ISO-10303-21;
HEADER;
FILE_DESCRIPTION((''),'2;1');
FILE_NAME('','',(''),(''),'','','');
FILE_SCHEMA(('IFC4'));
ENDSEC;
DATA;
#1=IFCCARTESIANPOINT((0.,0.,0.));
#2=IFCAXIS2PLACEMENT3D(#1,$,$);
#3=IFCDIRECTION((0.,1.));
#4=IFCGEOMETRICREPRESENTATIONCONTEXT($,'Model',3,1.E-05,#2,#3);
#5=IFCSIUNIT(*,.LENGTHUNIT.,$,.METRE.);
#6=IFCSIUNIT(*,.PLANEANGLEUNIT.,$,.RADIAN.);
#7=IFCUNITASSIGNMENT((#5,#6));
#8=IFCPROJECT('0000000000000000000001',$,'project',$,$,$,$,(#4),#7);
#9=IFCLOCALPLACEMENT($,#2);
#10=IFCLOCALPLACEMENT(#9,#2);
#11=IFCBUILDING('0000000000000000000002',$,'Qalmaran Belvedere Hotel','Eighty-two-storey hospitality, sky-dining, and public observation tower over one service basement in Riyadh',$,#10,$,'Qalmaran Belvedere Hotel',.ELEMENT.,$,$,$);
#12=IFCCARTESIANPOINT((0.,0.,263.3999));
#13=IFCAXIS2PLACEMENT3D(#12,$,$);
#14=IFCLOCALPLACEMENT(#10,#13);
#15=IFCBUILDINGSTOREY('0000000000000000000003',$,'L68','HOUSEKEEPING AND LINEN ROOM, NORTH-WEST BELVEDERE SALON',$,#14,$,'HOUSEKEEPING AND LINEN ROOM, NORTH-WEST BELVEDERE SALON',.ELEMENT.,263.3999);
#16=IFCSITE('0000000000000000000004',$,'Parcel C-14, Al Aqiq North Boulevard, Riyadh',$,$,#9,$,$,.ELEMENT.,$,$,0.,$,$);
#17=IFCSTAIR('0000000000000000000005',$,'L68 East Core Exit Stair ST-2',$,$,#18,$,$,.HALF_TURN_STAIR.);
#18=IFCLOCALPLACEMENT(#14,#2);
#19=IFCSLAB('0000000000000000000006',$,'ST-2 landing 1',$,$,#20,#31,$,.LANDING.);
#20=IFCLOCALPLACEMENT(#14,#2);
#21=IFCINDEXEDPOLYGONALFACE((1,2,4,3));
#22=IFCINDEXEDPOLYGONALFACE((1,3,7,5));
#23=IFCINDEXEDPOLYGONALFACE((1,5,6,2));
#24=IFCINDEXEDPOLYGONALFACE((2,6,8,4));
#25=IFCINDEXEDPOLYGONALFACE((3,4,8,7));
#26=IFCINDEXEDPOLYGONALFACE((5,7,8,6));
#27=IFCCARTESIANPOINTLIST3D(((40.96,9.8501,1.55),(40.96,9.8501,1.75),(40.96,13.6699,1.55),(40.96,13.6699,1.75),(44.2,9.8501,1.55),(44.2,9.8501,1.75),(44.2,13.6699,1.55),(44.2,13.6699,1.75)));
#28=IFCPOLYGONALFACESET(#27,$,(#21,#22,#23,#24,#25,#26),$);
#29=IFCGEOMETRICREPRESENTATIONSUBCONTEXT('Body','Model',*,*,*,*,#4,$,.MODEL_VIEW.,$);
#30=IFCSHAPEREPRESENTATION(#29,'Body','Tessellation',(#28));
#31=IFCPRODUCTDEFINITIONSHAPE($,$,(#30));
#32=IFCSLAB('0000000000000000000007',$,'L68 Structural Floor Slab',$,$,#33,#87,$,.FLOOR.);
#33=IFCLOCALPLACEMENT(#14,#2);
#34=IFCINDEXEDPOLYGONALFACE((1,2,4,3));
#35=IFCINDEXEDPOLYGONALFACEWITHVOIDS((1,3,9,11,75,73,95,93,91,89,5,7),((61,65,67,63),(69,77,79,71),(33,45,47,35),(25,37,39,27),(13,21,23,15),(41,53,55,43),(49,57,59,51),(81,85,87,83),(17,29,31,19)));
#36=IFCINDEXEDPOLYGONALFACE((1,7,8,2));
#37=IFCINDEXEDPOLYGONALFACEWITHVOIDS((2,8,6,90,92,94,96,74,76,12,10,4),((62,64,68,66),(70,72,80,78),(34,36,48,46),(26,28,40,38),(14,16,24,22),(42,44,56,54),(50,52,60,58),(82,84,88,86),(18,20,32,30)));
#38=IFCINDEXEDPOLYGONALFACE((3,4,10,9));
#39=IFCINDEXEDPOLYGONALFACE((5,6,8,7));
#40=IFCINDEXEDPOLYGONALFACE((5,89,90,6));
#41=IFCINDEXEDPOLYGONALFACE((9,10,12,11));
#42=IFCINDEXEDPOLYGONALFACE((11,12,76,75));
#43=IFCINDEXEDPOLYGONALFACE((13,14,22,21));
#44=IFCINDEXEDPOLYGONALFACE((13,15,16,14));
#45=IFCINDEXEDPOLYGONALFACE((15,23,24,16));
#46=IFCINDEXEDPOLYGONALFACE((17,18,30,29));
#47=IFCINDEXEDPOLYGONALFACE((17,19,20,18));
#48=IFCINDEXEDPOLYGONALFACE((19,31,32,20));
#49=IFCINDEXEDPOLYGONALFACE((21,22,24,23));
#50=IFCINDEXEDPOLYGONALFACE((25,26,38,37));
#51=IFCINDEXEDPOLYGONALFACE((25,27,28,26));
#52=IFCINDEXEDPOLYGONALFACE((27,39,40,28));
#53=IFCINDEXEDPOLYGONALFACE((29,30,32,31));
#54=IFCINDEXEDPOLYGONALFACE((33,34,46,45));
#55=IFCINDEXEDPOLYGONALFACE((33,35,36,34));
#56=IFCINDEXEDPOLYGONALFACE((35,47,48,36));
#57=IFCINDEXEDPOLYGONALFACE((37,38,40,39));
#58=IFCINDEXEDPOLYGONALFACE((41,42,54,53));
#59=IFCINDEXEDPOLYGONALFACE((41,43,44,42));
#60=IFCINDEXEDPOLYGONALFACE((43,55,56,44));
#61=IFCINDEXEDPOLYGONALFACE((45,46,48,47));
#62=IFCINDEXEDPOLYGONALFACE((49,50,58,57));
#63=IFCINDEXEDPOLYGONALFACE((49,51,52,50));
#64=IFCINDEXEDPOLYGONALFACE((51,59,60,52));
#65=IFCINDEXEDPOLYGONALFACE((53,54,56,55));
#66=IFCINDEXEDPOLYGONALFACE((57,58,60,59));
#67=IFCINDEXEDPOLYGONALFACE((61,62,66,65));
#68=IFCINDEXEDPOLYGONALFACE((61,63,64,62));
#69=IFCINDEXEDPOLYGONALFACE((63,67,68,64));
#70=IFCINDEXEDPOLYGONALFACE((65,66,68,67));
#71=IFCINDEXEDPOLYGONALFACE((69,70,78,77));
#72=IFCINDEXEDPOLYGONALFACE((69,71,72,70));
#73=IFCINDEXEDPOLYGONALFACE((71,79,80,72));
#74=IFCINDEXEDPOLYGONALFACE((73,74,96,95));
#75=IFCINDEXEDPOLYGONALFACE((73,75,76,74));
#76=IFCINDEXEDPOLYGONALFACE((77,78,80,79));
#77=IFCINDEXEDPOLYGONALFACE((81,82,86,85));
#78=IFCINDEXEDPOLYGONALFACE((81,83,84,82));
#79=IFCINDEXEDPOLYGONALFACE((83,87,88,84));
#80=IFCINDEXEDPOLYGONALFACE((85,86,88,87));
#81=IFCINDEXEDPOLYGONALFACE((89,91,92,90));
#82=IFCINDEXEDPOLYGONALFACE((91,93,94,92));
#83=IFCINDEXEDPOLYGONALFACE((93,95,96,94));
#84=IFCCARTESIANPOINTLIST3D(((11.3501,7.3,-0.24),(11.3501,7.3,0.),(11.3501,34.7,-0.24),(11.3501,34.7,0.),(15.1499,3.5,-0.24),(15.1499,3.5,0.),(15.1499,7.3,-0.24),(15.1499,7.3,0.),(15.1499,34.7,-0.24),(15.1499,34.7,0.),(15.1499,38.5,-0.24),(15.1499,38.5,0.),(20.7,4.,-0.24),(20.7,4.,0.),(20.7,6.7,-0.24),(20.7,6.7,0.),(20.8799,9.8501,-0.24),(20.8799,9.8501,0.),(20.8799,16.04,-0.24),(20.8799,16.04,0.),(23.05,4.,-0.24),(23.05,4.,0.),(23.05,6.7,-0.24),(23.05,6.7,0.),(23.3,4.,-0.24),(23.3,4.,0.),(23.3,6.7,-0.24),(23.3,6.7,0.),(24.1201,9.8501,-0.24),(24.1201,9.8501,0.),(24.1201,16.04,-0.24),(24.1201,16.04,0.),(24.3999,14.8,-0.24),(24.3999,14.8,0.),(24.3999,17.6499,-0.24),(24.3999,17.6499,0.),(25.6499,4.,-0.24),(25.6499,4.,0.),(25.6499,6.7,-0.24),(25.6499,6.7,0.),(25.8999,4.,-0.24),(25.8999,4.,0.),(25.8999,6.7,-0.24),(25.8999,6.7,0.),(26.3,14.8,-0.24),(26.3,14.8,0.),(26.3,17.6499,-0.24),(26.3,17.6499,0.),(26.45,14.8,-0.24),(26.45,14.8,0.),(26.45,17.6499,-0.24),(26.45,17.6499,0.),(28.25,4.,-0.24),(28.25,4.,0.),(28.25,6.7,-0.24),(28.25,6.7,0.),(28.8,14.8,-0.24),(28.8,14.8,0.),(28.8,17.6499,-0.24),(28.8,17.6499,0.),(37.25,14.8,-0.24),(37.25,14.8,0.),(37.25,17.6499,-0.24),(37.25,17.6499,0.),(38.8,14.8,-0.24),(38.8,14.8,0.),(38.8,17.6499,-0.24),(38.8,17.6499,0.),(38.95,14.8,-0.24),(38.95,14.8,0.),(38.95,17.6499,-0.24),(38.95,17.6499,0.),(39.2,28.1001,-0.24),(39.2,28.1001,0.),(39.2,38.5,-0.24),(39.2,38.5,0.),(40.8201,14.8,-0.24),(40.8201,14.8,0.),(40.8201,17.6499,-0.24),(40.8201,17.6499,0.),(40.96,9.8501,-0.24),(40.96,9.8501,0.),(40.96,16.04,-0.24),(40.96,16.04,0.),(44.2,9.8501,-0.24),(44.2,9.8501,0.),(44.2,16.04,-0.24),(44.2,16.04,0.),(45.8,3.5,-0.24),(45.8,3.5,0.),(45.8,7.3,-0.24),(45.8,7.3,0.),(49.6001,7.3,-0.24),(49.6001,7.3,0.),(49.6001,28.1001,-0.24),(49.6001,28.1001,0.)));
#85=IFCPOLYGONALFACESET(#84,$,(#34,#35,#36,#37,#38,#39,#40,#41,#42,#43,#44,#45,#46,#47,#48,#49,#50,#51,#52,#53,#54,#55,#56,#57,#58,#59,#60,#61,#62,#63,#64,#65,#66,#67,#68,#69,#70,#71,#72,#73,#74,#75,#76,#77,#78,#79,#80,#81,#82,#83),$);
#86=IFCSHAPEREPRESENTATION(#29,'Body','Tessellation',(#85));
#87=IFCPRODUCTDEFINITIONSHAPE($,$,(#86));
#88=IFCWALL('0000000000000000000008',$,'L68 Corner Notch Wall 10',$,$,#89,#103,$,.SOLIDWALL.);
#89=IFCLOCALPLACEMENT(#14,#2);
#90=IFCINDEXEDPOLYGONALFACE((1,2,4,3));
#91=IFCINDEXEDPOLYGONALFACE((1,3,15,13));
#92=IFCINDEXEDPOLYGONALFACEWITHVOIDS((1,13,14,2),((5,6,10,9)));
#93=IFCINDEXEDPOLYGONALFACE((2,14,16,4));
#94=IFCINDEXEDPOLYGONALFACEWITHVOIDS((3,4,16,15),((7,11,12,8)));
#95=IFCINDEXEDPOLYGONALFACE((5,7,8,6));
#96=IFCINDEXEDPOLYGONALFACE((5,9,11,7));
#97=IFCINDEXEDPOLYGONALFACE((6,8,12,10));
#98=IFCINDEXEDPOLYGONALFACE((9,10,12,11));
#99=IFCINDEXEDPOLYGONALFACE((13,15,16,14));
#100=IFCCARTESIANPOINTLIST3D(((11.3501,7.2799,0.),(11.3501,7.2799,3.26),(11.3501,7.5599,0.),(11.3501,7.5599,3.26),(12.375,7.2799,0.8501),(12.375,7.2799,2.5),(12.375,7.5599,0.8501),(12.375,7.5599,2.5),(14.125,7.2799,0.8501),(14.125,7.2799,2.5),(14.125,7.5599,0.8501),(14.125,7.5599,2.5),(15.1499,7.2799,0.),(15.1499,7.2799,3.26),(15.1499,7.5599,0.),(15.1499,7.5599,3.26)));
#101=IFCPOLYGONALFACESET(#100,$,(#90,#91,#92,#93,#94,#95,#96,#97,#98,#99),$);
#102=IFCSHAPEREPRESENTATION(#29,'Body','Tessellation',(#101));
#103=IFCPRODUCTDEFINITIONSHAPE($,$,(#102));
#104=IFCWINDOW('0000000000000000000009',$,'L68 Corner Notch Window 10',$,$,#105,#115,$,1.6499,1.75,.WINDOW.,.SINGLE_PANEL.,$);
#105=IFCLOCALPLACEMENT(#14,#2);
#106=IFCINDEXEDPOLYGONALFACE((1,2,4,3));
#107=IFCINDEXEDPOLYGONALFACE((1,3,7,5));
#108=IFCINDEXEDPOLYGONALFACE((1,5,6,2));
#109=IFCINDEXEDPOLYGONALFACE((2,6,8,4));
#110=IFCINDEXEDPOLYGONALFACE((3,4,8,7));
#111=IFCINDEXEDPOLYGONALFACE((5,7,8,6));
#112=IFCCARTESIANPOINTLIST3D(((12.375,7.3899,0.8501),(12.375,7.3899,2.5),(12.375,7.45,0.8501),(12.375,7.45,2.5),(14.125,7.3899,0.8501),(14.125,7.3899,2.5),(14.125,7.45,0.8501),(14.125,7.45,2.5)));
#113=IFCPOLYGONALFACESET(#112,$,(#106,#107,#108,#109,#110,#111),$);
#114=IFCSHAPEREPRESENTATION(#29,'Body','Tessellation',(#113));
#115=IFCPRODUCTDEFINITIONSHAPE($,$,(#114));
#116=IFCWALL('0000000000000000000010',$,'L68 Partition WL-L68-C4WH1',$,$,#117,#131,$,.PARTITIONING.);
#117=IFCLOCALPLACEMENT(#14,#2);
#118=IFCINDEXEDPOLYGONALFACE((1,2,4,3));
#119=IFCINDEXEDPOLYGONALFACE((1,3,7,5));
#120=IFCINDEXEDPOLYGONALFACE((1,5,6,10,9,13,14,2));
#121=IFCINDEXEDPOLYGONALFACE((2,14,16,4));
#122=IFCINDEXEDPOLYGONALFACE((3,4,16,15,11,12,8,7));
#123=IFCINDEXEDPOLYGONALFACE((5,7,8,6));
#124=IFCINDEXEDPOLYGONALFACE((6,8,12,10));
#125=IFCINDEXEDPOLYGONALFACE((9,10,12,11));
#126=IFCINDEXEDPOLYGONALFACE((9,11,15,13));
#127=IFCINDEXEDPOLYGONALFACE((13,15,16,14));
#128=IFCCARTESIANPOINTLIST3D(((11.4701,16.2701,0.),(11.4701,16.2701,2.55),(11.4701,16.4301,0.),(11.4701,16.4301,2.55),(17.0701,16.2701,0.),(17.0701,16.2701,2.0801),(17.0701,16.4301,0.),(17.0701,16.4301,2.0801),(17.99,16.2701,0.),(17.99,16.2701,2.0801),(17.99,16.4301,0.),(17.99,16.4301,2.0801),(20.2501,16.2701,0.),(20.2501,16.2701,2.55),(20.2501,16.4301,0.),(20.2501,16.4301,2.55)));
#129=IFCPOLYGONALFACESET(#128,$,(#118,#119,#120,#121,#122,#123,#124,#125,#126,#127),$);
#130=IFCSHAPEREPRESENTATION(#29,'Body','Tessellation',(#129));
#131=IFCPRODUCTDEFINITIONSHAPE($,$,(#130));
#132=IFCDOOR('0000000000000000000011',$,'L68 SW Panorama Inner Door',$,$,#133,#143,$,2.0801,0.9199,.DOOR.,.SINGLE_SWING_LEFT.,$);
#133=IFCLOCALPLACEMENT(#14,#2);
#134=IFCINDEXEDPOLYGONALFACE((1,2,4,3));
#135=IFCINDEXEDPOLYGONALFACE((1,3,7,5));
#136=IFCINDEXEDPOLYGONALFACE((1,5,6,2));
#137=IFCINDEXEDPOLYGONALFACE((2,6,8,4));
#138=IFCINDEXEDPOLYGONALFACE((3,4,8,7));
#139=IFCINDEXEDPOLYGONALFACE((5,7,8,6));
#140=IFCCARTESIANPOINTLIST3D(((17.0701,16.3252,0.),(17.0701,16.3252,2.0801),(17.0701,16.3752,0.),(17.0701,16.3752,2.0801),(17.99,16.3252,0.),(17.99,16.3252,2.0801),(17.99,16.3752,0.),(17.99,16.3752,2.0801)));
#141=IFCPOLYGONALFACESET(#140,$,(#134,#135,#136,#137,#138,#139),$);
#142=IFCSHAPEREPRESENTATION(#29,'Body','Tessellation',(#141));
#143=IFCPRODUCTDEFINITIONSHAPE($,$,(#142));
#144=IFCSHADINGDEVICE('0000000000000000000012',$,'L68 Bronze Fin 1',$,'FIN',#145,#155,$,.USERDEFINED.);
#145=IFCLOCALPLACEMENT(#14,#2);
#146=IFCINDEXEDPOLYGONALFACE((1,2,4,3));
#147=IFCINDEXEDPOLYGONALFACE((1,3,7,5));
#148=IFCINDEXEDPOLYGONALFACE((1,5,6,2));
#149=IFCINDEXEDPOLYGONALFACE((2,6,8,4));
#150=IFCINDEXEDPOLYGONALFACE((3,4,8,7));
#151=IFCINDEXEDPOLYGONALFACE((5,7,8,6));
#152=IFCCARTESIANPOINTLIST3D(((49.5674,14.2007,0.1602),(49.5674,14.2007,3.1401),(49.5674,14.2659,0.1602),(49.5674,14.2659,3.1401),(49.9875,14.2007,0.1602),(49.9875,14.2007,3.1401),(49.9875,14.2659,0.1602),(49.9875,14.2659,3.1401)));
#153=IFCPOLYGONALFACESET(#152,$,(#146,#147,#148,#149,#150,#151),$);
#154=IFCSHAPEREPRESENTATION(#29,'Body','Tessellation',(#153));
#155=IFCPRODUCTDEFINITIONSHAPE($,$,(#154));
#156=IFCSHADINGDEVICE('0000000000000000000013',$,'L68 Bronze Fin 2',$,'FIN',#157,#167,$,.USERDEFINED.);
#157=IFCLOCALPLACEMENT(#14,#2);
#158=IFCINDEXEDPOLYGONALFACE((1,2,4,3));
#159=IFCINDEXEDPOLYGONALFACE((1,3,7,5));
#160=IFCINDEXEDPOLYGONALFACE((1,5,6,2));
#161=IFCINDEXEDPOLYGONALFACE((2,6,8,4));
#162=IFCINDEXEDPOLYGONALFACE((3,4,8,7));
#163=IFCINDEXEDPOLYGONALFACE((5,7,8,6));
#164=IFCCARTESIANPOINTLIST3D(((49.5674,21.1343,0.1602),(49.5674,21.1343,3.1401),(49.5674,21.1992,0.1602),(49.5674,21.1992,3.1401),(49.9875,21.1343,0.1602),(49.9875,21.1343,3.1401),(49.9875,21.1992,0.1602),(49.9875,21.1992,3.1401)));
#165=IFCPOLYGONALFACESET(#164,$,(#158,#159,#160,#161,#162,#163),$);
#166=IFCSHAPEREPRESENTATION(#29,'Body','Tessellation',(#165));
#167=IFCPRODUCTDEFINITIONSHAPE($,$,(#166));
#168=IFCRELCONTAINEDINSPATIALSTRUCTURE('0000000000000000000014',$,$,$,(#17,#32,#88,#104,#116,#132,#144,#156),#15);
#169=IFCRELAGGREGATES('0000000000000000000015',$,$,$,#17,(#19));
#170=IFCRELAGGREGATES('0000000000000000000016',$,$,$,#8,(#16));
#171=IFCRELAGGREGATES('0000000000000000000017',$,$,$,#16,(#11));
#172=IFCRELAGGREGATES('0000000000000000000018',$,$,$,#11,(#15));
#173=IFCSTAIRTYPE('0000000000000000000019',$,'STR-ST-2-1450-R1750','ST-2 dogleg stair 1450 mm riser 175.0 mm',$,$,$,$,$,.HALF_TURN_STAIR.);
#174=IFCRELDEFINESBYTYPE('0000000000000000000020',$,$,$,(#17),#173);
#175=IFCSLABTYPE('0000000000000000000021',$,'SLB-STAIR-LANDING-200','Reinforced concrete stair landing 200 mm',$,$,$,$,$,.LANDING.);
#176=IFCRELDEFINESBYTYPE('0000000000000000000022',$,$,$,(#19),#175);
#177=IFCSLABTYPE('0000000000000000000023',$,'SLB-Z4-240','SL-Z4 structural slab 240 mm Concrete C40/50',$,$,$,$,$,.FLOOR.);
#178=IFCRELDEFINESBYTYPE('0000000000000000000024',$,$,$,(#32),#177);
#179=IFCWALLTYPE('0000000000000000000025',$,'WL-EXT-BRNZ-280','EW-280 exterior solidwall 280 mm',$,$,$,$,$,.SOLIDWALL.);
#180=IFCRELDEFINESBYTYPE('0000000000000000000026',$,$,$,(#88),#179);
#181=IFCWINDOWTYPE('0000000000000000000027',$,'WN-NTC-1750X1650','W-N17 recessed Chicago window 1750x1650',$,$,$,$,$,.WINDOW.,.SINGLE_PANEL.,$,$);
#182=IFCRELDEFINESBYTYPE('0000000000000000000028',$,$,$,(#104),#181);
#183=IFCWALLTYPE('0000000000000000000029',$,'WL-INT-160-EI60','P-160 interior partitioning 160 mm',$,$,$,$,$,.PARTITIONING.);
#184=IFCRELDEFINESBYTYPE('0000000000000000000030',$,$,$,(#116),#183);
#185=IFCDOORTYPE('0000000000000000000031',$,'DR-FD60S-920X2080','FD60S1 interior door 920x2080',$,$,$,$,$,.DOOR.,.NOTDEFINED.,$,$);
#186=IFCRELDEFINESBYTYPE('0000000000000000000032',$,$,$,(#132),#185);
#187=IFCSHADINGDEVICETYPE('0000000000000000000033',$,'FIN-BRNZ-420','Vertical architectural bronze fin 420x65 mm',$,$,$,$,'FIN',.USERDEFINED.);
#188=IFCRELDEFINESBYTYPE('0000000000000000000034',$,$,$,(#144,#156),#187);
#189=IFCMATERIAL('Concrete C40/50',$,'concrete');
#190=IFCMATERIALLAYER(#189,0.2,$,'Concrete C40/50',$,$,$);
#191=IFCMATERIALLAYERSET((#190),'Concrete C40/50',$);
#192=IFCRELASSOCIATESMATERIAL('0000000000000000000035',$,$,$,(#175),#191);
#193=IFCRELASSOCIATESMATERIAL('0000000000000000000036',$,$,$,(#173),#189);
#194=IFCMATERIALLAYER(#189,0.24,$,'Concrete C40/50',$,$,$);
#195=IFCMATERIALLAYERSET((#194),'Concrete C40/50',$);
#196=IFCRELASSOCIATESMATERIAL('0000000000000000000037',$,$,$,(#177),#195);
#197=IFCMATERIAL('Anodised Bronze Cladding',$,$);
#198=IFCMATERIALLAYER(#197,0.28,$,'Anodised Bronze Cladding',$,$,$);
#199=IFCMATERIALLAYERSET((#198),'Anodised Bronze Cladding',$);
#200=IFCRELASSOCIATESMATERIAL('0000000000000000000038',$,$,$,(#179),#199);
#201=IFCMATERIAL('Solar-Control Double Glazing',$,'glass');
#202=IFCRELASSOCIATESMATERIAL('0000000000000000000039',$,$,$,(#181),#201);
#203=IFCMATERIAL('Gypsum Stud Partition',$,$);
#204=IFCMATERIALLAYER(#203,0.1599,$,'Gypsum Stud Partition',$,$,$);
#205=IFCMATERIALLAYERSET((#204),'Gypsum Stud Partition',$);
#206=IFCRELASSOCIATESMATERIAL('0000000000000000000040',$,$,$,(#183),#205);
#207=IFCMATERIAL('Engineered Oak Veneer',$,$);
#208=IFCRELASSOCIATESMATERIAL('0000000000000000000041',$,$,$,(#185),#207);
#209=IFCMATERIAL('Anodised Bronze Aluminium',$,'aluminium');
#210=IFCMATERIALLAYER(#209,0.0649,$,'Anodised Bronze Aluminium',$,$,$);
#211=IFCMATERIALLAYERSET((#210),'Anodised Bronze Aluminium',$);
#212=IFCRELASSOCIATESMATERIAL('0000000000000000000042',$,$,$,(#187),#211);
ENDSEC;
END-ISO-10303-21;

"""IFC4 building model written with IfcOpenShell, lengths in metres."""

from ifc_helpers import new_model, si_unit, direction, frame, frame_2d, origin, place, context, subcontext, project, spatial, polyline, rectangle, outline, extrude, material, layer, layer_set, type_object, element, fill, aggregate, save


model = new_model("IFC4")

# Units and contexts
model_context = context("Model", 3, precision=1e-05, world=origin(), true_north=direction((0.0, 1.0)))
body_context = subcontext(model_context, "Body", "Model", "MODEL_VIEW")
ifc_project = project(units=[si_unit("LENGTHUNIT", "METRE"), si_unit("PLANEANGLEUNIT", "RADIAN")], contexts=[model_context])

# Site, building, storey
site_placement = place(None, origin())
site = spatial("IfcSite", under=ifc_project, at=site_placement, Name="Parcel C-14, Al Aqiq North Boulevard, Riyadh", CompositionType="ELEMENT", RefElevation=0.0)
building_placement = place(site_placement, origin())
building = spatial("IfcBuilding", under=site, at=building_placement, Name="Qalmaran Belvedere Hotel", Description="Eighty-two-storey hospitality, sky-dining, and public observation tower over one service basement in Riyadh", LongName="Qalmaran Belvedere Hotel", CompositionType="ELEMENT")
storey_placement = place(building_placement, frame((0.0, 0.0, 263.3999)))
storey = spatial("IfcBuildingStorey", under=building, at=storey_placement, Name="L68", Description="HOUSEKEEPING AND LINEN ROOM, NORTH-WEST BELVEDERE SALON", LongName="HOUSEKEEPING AND LINEN ROOM, NORTH-WEST BELVEDERE SALON", CompositionType="ELEMENT", Elevation=263.3999)

# Shared definitions
ifc_material_1 = material(Name="Anodised Bronze Aluminium", Category="aluminium")

# Shared definitions
ifc_material_2 = material(Name="Solar-Control Double Glazing", Category="glass")

# Shared definitions
ifc_material_3 = material(Name="Concrete C40/50", Category="concrete")

# Stair, slab
ifc_layer_1 = layer(ifc_material_3, 0.2, Name="Concrete C40/50")
ifc_layer_set_1 = layer_set([ifc_layer_1], Name="Concrete C40/50")
slab_type_1 = type_object("IfcSlabType", Name="SLB-STAIR-LANDING-200", Description="Reinforced concrete stair landing 200 mm", PredefinedType="LANDING", material=ifc_layer_set_1)
stair_type_1 = type_object("IfcStairType", Name="STR-ST-2-1450-R1750", Description="ST-2 dogleg stair 1450 mm riser 175.0 mm", PredefinedType="HALF_TURN_STAIR", material=ifc_material_3)
stair_1_placement = place(storey_placement, origin())
stair_1 = element("IfcStair", 1, at=stair_1_placement, inside=storey, type_object=stair_type_1, Name="L68 East Core Exit Stair ST-2", PredefinedType="HALF_TURN_STAIR")
slab_1_placement = place(storey_placement, frame((0.0, 0.0, 1.55)))
slab_1 = element("IfcSlab", 2, at=slab_1_placement, type_object=slab_type_1, Name="ST-2 landing 1", PredefinedType="LANDING", context=body_context, shape_type="SweptSolid", body=[
    extrude(outline(polyline([(40.96, 13.6699), (40.96, 9.8501), (44.2, 9.8501), (44.2, 13.6699), (40.96, 13.6699)])), origin(), (0.0, 0.0, 1.0), 0.2),
])
aggregate(stair_1, [slab_1])

# Slab
ifc_layer_2 = layer(ifc_material_3, 0.24, Name="Concrete C40/50")
ifc_layer_set_2 = layer_set([ifc_layer_2], Name="Concrete C40/50")
slab_type_2 = type_object("IfcSlabType", Name="SLB-Z4-240", Description="SL-Z4 structural slab 240 mm Concrete C40/50", PredefinedType="FLOOR", material=ifc_layer_set_2)
slab_2_placement = place(storey_placement, frame((0.0, 0.0, -0.24)))
element("IfcSlab", 3, at=slab_2_placement, inside=storey, type_object=slab_type_2, Name="L68 Structural Floor Slab", PredefinedType="FLOOR", context=body_context, shape_type="SweptSolid", body=[
    extrude(outline(polyline([(15.1499, 3.5), (45.8, 3.5), (45.8, 7.3), (49.6001, 7.3), (49.6001, 28.1001), (39.2, 28.1001), (39.2, 38.5), (15.1499, 38.5), (15.1499, 34.7), (11.3501, 34.7), (11.3501, 7.3), (15.1499, 7.3), (15.1499, 3.5)]), holes=[polyline([(20.8799, 9.8501), (24.1201, 9.8501), (24.1201, 16.04), (20.8799, 16.04), (20.8799, 9.8501)]), polyline([(40.96, 9.8501), (44.2, 9.8501), (44.2, 16.04), (40.96, 16.04), (40.96, 9.8501)]), polyline([(20.7, 4.0), (23.05, 4.0), (23.05, 6.7), (20.7, 6.7), (20.7, 4.0)]), polyline([(23.3, 4.0), (25.6499, 4.0), (25.6499, 6.7), (23.3, 6.7), (23.3, 4.0)]), polyline([(25.8999, 4.0), (28.25, 4.0), (28.25, 6.7), (25.8999, 6.7), (25.8999, 4.0)]), polyline([(24.3999, 14.8), (26.3, 14.8), (26.3, 17.6499), (24.3999, 17.6499), (24.3999, 14.8)]), polyline([(38.95, 14.8), (40.8201, 14.8), (40.8201, 17.6499), (38.95, 17.6499), (38.95, 14.8)]), polyline([(26.45, 14.8), (28.8, 14.8), (28.8, 17.6499), (26.45, 17.6499), (26.45, 14.8)]), polyline([(37.25, 14.8), (38.8, 14.8), (38.8, 17.6499), (37.25, 17.6499), (37.25, 14.8)])]), origin(), (0.0, 0.0, 1.0), 0.24),
])

# Wall, opening, window
ifc_material_4 = material(Name="Anodised Bronze Cladding")
ifc_layer_3 = layer(ifc_material_4, 0.28, Name="Anodised Bronze Cladding")
ifc_layer_set_3 = layer_set([ifc_layer_3], Name="Anodised Bronze Cladding")
wall_type_1 = type_object("IfcWallType", Name="WL-EXT-BRNZ-280", Description="EW-280 exterior solidwall 280 mm", PredefinedType="SOLIDWALL", material=ifc_layer_set_3)
wall_1_placement = place(storey_placement, frame((11.3501, 7.4199, 0.0), z_axis=(0.0, 0.0, 1.0), x_axis=(1.0, 0.0, 0.0)))
wall_1 = element("IfcWall", 4, at=wall_1_placement, inside=storey, type_object=wall_type_1, Name="L68 Corner Notch Wall 10", PredefinedType="SOLIDWALL", context=body_context, shape_type="SweptSolid", body=[
    extrude(rectangle(XDim=3.7998, YDim=0.28, at=frame_2d((1.8999, 0.0))), origin(), (0.0, 0.0, 1.0), 3.26),
])
opening_1_placement = place(wall_1_placement, frame((1.0249, 0.0, 0.8501)))
opening_1 = element("IfcOpeningElement", 5, at=opening_1_placement, cuts=wall_1, PredefinedType="OPENING", context=body_context, shape_type="SweptSolid", body=[
    extrude(rectangle(XDim=1.75, YDim=1.6499, at=frame_2d((0.875, 0.825))), frame((0.0, 0.1499, 0.0), z_axis=(0.0, -1.0, 0.0), x_axis=(1.0, 0.0, 0.0)), (0.0, 0.0, 1.0), 0.3),
])
window_type = type_object("IfcWindowType", Name="WN-NTC-1750X1650", Description="W-N17 recessed Chicago window 1750x1650", PartitioningType="SINGLE_PANEL", PredefinedType="WINDOW", material=ifc_material_2)
window_placement = place(opening_1_placement, origin())
window = element("IfcWindow", 6, at=window_placement, inside=storey, type_object=window_type, Name="L68 Corner Notch Window 10", OverallHeight=1.6499, OverallWidth=1.75, PartitioningType="SINGLE_PANEL", PredefinedType="WINDOW", context=body_context, shape_type="SweptSolid", body=[
    extrude(rectangle(XDim=1.75, YDim=1.6499, at=frame_2d((0.875, 0.825))), frame((0.0, 0.03, 0.0), z_axis=(0.0, -1.0, 0.0), x_axis=(1.0, 0.0, 0.0)), (0.0, 0.0, 1.0), 0.0601),
])
fill(opening_1, window)

# Wall, opening, door
ifc_material_5 = material(Name="Gypsum Stud Partition")
ifc_layer_4 = layer(ifc_material_5, 0.1599, Name="Gypsum Stud Partition")
ifc_layer_set_4 = layer_set([ifc_layer_4], Name="Gypsum Stud Partition")
wall_type_2 = type_object("IfcWallType", Name="WL-INT-160-EI60", Description="P-160 interior partitioning 160 mm", PredefinedType="PARTITIONING", material=ifc_layer_set_4)
wall_2_placement = place(storey_placement, frame((11.47, 16.3501, 0.0), z_axis=(0.0, 0.0, 1.0), x_axis=(1.0, 0.0, 0.0)))
wall_2 = element("IfcWall", 7, at=wall_2_placement, inside=storey, type_object=wall_type_2, Name="L68 Partition WL-L68-C4WH1", PredefinedType="PARTITIONING", context=body_context, shape_type="SweptSolid", body=[
    extrude(rectangle(XDim=8.78, YDim=0.1599, at=frame_2d((4.3901, 0.0))), origin(), (0.0, 0.0, 1.0), 2.55),
])
opening_2_placement = place(wall_2_placement, frame((6.52, 0.0, 0.0), z_axis=(0.0, 0.0, 1.0), x_axis=(-1.0, 0.0, 0.0)))
opening_2 = element("IfcOpeningElement", 8, at=opening_2_placement, cuts=wall_2, PredefinedType="OPENING", context=body_context, shape_type="SweptSolid", body=[
    extrude(rectangle(XDim=0.9199, YDim=2.0801, at=frame_2d((0.46, 1.04))), frame((0.0, 0.0898, 0.0), z_axis=(0.0, -1.0, 0.0), x_axis=(1.0, 0.0, 0.0)), (0.0, 0.0, 1.0), 0.1799),
])
ifc_material_6 = material(Name="Engineered Oak Veneer")
door_type = type_object("IfcDoorType", Name="DR-FD60S-920X2080", Description="FD60S1 interior door 920x2080", OperationType="NOTDEFINED", PredefinedType="DOOR", material=ifc_material_6)
door_placement = place(opening_2_placement, origin())
door = element("IfcDoor", 9, at=door_placement, inside=storey, type_object=door_type, Name="L68 SW Panorama Inner Door", OperationType="SINGLE_SWING_LEFT", OverallHeight=2.0801, OverallWidth=0.9199, PredefinedType="DOOR", context=body_context, shape_type="SweptSolid", body=[
    extrude(rectangle(XDim=0.9199, YDim=2.0801, at=frame_2d((0.46, 1.04))), frame((0.0, 0.0249, 0.0), z_axis=(0.0, -1.0, 0.0), x_axis=(1.0, 0.0, 0.0)), (0.0, 0.0, 1.0), 0.05),
])
fill(opening_2, door)

# Shading devices
ifc_layer_5 = layer(ifc_material_1, 0.0649, Name="Anodised Bronze Aluminium")
ifc_layer_set_5 = layer_set([ifc_layer_5], Name="Anodised Bronze Aluminium")
shading_device_type = type_object("IfcShadingDeviceType", Name="FIN-BRNZ-420", Description="Vertical architectural bronze fin 420x65 mm", ElementType="FIN", PredefinedType="USERDEFINED", material=ifc_layer_set_5)
shading_device_1_placement = place(storey_placement, frame((0.0, 0.0, 0.1602)))
element("IfcShadingDevice", 10, at=shading_device_1_placement, inside=storey, type_object=shading_device_type, Name="L68 Bronze Fin 1", ObjectType="FIN", PredefinedType="USERDEFINED", context=body_context, shape_type="SweptSolid", body=[
    extrude(outline(polyline([(49.5674, 14.2007), (49.9875, 14.2007), (49.9875, 14.2659), (49.5674, 14.2659), (49.5674, 14.2007)])), origin(), (0.0, 0.0, 1.0), 2.98),
])
shading_device_2_placement = place(storey_placement, frame((0.0, 0.0, 0.1602)))
element("IfcShadingDevice", 11, at=shading_device_2_placement, inside=storey, type_object=shading_device_type, Name="L68 Bronze Fin 2", ObjectType="FIN", PredefinedType="USERDEFINED", context=body_context, shape_type="SweptSolid", body=[
    extrude(outline(polyline([(49.5674, 21.1343), (49.9875, 21.1343), (49.9875, 21.1992), (49.5674, 21.1992), (49.5674, 21.1343)])), origin(), (0.0, 0.0, 1.0), 2.98),
])

save(model, "model.ifc")
